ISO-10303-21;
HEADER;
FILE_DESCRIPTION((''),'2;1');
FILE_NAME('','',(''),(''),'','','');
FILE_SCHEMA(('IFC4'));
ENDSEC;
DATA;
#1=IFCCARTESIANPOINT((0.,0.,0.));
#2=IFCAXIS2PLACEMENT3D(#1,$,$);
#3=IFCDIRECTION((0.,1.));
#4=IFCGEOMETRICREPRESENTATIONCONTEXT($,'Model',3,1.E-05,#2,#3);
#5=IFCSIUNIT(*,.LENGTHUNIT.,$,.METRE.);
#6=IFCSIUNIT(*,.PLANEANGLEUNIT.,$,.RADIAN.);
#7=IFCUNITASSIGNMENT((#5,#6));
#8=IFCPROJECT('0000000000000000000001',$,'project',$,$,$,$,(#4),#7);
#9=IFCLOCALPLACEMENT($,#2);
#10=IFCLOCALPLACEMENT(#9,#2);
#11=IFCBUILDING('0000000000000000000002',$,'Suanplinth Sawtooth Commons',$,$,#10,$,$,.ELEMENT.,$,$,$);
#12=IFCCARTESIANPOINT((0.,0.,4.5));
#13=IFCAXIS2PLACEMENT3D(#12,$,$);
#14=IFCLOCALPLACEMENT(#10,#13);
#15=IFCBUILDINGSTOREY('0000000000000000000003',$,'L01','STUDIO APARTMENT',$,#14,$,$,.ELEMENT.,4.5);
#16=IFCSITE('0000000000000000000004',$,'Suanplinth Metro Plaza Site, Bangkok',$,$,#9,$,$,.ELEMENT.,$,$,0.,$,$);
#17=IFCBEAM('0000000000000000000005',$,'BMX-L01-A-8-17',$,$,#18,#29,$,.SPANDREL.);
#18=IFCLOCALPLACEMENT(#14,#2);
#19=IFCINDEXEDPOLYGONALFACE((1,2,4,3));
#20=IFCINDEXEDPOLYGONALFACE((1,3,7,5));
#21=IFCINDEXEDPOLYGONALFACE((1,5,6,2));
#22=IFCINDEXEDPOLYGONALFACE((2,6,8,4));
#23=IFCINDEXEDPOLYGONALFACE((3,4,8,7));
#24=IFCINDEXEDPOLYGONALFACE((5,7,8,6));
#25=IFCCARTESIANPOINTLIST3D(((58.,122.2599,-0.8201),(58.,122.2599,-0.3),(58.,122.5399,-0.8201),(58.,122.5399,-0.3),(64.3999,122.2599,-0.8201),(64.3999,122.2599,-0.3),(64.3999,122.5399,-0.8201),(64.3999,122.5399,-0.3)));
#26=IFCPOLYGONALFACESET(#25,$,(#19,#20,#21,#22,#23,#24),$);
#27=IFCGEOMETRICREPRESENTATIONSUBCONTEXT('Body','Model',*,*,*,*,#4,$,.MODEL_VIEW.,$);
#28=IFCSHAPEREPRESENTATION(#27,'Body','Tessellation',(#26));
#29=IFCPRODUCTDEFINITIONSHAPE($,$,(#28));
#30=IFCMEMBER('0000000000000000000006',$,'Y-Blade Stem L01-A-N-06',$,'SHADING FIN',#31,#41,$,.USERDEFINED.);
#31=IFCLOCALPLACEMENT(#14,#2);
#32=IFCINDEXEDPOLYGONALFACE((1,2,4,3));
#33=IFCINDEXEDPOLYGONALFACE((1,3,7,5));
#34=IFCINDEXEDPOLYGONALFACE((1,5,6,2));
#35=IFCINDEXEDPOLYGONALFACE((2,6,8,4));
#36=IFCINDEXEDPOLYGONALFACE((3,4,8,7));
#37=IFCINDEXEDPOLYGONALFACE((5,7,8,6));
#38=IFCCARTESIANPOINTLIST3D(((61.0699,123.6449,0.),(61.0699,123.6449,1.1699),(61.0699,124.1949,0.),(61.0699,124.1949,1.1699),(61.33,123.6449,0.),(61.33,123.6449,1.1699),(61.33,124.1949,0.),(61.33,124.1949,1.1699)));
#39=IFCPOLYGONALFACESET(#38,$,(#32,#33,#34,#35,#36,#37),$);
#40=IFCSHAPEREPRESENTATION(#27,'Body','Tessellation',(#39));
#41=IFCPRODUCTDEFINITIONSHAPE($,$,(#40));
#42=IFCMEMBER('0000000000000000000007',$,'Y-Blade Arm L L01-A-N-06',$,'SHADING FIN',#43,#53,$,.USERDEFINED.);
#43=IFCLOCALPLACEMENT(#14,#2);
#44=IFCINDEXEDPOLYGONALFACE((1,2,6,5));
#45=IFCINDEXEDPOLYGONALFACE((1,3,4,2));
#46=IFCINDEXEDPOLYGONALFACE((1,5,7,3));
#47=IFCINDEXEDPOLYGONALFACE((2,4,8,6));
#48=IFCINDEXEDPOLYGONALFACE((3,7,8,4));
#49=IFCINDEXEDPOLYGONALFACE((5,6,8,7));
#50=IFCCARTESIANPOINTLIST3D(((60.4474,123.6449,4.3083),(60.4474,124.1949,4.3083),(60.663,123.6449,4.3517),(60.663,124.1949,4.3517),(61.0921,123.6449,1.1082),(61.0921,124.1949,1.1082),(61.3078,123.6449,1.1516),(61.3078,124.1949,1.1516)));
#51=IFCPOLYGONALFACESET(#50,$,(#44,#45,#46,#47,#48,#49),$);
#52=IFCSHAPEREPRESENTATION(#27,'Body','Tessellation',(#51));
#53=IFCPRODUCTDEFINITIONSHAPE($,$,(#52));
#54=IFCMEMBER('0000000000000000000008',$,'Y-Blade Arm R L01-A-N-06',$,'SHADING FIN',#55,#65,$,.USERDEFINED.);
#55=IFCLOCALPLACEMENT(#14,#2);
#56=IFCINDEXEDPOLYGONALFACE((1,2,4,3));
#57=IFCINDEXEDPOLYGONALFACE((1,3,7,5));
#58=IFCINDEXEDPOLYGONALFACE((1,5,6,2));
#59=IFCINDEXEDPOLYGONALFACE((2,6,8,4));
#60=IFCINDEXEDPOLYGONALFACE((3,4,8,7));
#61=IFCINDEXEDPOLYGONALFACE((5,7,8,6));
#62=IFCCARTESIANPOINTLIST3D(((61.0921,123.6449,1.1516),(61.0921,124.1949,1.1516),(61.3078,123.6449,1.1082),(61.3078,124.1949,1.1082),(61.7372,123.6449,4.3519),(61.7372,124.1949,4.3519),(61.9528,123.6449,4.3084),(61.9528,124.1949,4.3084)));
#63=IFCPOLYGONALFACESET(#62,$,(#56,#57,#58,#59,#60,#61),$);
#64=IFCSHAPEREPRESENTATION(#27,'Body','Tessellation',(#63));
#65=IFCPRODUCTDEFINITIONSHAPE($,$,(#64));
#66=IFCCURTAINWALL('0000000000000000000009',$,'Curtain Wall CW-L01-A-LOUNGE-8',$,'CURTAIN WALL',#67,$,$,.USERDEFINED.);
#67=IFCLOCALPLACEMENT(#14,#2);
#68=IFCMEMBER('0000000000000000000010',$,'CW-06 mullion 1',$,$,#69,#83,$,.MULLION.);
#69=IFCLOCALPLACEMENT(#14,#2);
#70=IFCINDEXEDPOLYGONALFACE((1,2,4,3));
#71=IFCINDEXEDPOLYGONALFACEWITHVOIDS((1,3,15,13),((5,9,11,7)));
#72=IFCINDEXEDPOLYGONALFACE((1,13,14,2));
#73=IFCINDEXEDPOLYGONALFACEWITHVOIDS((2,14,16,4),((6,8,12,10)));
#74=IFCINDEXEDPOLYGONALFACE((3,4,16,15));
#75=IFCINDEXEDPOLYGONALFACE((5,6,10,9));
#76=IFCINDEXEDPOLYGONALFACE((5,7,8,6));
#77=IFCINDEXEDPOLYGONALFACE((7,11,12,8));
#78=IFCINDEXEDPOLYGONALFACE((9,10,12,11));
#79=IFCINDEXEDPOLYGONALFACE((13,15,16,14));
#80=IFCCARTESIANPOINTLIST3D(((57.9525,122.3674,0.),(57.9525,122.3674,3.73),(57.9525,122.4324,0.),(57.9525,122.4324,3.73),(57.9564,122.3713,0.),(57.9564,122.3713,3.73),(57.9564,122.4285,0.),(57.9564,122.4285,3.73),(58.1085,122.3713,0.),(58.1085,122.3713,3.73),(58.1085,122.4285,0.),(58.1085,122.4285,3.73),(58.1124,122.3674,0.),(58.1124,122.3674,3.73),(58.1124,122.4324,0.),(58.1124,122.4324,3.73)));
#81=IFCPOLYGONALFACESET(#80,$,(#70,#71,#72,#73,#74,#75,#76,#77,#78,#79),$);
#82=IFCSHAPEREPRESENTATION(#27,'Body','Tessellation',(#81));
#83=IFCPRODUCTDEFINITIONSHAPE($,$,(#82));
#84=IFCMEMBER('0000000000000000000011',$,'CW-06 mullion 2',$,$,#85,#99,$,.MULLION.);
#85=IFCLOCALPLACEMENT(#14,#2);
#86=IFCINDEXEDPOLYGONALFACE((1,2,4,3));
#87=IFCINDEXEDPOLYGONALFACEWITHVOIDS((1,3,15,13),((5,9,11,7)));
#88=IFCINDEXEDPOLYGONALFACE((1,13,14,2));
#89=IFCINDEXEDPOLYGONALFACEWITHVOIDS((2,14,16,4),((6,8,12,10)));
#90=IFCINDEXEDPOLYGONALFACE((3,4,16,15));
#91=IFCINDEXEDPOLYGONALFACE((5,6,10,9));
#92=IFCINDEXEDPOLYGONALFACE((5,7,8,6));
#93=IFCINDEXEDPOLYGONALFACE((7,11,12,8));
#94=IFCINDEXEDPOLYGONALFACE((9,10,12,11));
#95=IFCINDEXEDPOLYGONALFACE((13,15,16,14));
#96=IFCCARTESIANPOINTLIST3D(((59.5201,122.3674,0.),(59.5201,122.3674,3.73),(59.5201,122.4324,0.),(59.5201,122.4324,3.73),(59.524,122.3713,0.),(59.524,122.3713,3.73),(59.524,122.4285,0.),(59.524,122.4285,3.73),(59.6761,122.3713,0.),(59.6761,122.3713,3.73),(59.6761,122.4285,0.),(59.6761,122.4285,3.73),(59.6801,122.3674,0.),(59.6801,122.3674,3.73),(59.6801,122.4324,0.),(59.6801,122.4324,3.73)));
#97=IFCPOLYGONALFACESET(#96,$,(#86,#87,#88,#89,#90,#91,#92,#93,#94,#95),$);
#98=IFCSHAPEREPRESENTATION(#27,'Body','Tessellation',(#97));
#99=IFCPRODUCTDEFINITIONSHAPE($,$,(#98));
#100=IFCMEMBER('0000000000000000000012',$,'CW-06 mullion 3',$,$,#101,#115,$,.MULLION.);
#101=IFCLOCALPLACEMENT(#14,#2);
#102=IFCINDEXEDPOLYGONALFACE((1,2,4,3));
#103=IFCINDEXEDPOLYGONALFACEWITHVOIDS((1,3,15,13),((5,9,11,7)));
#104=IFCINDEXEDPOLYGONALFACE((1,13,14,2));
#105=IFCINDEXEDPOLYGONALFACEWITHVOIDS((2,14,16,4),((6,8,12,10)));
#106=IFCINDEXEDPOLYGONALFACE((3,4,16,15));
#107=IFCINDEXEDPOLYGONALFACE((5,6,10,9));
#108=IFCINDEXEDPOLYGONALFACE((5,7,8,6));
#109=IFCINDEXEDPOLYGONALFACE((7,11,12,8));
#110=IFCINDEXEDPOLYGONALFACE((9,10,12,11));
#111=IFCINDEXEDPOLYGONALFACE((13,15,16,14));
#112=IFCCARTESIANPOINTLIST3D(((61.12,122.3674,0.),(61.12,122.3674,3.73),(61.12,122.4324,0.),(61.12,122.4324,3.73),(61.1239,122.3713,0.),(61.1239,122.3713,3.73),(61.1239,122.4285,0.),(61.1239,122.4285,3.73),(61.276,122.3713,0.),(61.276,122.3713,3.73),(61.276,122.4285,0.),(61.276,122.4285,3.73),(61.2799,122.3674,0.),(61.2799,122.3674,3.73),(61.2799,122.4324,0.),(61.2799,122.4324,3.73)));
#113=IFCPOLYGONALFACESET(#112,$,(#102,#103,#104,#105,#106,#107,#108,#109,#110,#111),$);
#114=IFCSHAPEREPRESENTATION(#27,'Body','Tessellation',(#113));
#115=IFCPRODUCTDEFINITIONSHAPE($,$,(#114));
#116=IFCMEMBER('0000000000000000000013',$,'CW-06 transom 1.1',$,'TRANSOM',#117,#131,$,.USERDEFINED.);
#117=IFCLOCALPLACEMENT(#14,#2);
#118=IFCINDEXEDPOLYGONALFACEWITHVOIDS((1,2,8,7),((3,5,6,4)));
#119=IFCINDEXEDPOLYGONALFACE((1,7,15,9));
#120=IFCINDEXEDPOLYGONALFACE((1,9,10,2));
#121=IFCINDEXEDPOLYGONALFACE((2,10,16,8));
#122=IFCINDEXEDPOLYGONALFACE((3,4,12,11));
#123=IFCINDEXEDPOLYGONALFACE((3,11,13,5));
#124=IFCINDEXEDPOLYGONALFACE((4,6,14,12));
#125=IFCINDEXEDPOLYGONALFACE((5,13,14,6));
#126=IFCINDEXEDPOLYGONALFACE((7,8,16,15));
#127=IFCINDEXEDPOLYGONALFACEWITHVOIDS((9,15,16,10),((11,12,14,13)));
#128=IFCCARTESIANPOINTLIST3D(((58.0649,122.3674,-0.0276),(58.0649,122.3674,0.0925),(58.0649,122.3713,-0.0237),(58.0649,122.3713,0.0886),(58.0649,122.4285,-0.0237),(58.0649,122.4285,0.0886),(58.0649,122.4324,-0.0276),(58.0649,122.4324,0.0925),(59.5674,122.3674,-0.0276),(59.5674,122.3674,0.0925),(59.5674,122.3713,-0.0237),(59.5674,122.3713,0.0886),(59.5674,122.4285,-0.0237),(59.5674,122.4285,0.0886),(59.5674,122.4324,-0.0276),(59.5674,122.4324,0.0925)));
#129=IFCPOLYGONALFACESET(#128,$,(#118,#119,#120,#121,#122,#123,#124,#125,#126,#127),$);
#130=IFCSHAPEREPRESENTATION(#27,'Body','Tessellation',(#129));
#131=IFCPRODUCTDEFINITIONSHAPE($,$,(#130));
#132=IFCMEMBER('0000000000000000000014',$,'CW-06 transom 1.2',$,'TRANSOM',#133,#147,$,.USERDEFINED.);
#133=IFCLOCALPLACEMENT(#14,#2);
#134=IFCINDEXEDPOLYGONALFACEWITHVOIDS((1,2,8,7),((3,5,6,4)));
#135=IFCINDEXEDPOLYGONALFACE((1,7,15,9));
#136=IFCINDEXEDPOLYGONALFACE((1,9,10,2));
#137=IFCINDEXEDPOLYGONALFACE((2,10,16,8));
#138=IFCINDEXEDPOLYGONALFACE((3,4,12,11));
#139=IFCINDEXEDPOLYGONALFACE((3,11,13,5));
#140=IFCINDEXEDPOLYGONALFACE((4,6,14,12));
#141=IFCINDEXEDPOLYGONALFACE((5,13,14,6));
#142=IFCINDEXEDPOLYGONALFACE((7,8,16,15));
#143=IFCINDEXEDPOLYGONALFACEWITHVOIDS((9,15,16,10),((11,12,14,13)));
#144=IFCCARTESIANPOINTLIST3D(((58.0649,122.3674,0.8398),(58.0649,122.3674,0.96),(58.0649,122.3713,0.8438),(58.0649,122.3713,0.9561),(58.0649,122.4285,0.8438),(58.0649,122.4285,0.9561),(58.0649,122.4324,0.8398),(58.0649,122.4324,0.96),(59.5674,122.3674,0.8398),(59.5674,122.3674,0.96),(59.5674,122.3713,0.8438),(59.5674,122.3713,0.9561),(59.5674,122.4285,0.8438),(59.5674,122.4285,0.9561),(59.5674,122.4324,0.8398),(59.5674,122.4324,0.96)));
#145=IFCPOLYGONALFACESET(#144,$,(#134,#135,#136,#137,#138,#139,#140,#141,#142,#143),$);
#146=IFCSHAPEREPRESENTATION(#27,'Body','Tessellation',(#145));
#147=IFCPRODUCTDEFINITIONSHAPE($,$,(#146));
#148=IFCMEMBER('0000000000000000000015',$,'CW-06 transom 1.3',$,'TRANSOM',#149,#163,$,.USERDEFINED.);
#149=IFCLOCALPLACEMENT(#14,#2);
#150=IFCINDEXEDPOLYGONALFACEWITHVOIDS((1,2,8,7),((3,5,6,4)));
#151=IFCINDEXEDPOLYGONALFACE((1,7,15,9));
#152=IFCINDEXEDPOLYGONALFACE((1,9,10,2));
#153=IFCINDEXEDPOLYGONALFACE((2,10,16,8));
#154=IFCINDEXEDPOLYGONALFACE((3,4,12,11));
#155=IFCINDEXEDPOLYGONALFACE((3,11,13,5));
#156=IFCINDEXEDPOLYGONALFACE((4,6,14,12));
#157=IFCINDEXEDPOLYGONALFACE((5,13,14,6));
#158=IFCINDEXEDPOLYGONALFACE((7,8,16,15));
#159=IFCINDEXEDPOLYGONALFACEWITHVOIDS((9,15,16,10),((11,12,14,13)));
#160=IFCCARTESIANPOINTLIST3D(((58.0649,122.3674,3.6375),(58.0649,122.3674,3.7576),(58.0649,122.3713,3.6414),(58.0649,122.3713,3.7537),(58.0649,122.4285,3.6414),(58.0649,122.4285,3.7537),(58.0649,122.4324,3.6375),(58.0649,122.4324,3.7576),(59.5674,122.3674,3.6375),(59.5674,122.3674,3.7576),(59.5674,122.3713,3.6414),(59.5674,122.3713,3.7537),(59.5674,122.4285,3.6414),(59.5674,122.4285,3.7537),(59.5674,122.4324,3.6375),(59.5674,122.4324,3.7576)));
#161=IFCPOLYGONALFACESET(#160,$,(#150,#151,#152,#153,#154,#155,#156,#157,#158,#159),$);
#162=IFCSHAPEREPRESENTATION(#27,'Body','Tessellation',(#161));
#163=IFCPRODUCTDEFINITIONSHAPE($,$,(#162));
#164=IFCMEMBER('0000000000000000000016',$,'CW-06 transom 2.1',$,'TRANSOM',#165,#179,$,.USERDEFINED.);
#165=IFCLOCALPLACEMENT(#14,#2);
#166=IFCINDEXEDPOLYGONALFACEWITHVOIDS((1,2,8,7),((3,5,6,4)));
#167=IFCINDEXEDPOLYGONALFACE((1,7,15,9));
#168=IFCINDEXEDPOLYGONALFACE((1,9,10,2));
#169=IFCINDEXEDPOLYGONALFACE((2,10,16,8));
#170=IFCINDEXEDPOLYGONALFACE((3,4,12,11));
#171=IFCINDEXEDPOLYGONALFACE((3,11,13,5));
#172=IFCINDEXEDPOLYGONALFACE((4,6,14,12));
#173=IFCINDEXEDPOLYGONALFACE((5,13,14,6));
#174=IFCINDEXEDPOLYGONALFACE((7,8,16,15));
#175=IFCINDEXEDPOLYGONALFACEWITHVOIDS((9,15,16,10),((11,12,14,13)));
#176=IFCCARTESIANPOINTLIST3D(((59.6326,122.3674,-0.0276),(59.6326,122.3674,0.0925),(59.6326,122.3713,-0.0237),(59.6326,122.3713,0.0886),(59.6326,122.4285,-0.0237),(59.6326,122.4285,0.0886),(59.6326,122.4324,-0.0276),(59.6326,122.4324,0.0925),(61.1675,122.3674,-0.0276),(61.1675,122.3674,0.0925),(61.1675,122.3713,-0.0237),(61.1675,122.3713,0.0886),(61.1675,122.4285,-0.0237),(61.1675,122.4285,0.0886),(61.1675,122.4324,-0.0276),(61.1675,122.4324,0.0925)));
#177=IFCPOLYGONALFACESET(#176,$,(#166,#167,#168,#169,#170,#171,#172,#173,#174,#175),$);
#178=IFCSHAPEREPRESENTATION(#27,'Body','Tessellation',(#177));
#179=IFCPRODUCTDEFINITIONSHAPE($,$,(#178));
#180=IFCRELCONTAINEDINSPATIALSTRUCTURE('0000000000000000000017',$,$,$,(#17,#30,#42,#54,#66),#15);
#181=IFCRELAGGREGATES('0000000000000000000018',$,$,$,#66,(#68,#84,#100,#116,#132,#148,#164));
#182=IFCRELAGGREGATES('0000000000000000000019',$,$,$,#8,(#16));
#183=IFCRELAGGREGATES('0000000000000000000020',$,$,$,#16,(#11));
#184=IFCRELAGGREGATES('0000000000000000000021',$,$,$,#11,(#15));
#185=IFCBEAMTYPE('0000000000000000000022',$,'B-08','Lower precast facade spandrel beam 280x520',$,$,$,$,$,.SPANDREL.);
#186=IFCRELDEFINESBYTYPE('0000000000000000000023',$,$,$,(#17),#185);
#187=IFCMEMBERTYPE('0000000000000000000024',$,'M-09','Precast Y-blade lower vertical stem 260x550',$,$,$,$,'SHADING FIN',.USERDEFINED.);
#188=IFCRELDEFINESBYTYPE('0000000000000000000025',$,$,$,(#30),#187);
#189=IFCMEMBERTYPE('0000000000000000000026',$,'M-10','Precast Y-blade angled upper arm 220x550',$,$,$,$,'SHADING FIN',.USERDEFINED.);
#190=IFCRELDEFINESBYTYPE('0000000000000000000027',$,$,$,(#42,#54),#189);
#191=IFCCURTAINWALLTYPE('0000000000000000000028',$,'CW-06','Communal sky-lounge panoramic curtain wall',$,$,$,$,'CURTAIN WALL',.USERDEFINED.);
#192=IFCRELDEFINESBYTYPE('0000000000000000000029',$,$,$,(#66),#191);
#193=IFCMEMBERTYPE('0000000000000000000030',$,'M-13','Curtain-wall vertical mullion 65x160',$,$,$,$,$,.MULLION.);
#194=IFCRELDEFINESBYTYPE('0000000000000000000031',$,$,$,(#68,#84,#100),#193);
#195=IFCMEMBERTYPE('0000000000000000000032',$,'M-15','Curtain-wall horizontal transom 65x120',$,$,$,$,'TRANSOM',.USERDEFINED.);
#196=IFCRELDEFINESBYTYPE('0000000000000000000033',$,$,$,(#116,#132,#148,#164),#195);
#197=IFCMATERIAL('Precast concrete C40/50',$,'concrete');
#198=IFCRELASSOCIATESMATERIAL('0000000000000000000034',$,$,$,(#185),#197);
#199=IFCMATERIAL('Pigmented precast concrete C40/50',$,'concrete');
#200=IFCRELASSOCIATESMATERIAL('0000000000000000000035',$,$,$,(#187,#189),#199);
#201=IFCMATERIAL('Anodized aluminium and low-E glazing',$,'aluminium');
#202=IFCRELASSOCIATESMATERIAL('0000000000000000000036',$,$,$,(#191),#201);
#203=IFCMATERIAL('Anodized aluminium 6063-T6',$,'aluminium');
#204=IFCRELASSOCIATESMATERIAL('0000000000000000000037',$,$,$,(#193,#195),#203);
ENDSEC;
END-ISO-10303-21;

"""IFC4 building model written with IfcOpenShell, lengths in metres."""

from ifc_helpers import new_model, si_unit, direction, frame, origin, origin_2d, place, context, subcontext, project, spatial, rectangle, hollow_rectangle, extrude, material, material_profile, profile_set, type_object, element, aggregate, save


model = new_model("IFC4")

# Units and contexts
model_context = context("Model", 3, precision=1e-05, world=origin(), true_north=direction((0.0, 1.0)))
body_context = subcontext(model_context, "Body", "Model", "MODEL_VIEW")
ifc_project = project(units=[si_unit("LENGTHUNIT", "METRE"), si_unit("PLANEANGLEUNIT", "RADIAN")], contexts=[model_context])

# Site, building, storey
site_placement = place(None, origin())
site = spatial("IfcSite", under=ifc_project, at=site_placement, Name="Suanplinth Metro Plaza Site, Bangkok", CompositionType="ELEMENT", RefElevation=0.0)
building_placement = place(site_placement, origin())
building = spatial("IfcBuilding", under=site, at=building_placement, Name="Suanplinth Sawtooth Commons", CompositionType="ELEMENT")
storey_placement = place(building_placement, frame((0.0, 0.0, 4.5)))
storey = spatial("IfcBuildingStorey", under=building, at=storey_placement, Name="L01", Description="STUDIO APARTMENT", CompositionType="ELEMENT", Elevation=4.5)

# Beam
ifc_material_1 = material(Name="Precast concrete C40/50", Category="concrete")
ifc_material_profile_1 = material_profile(ifc_material_1, rectangle(XDim=0.28, YDim=0.52, at=origin_2d()), Name="PC-SP 280x520")
ifc_profile_set_1 = profile_set([ifc_material_profile_1], Name="Precast concrete C40/50")
beam_type = type_object("IfcBeamType", Name="B-08", Description="Lower precast facade spandrel beam 280x520", PredefinedType="SPANDREL", material=ifc_profile_set_1)
beam_placement = place(storey_placement, frame((58.0, 122.3999, -0.5601), z_axis=(1.0, 0.0, 0.0), x_axis=(0.0, 1.0, 0.0)))
element("IfcBeam", 1, at=beam_placement, inside=storey, type_object=beam_type, Name="BMX-L01-A-8-17", PredefinedType="SPANDREL", context=body_context, shape_type="SweptSolid", body=[
    extrude(rectangle(XDim=0.28, YDim=0.52, at=origin_2d()), origin(), (0.0, 0.0, 1.0), 6.3999),
])

# Members
ifc_material_2 = material(Name="Pigmented precast concrete C40/50", Category="concrete")
ifc_material_profile_2 = material_profile(ifc_material_2, rectangle(XDim=0.26, YDim=0.55, at=origin_2d()), Name="PC-FIN 260x550")
ifc_profile_set_2 = profile_set([ifc_material_profile_2], Name="Pigmented precast concrete C40/50")
member_type_1 = type_object("IfcMemberType", Name="M-09", Description="Precast Y-blade lower vertical stem 260x550", ElementType="SHADING FIN", PredefinedType="USERDEFINED", material=ifc_profile_set_2)
member_1_placement = place(storey_placement, frame((61.2, 123.9199, 0.0), z_axis=(0.0, 0.0, 1.0), x_axis=(1.0, 0.0, 0.0)))
element("IfcMember", 2, at=member_1_placement, inside=storey, type_object=member_type_1, Name="Y-Blade Stem L01-A-N-06", ObjectType="SHADING FIN", PredefinedType="USERDEFINED", context=body_context, shape_type="SweptSolid", body=[
    extrude(rectangle(XDim=0.26, YDim=0.55, at=origin_2d()), origin(), (0.0, 0.0, 1.0), 1.1699),
])
ifc_material_profile_3 = material_profile(ifc_material_2, rectangle(XDim=0.22, YDim=0.55, at=origin_2d()), Name="PC-FIN 220x550")
ifc_profile_set_3 = profile_set([ifc_material_profile_3], Name="Pigmented precast concrete C40/50")
member_type_2 = type_object("IfcMemberType", Name="M-10", Description="Precast Y-blade angled upper arm 220x550", ElementType="SHADING FIN", PredefinedType="USERDEFINED", material=ifc_profile_set_3)
member_2_placement = place(storey_placement, frame((61.2, 123.9199, 1.1299), z_axis=(-0.197511, 0.0, 0.980301), x_axis=(0.980301, 0.0, 0.197511)))
element("IfcMember", 3, at=member_2_placement, inside=storey, type_object=member_type_2, Name="Y-Blade Arm L L01-A-N-06", ObjectType="SHADING FIN", PredefinedType="USERDEFINED", context=body_context, shape_type="SweptSolid", body=[
    extrude(rectangle(XDim=0.22, YDim=0.55, at=origin_2d()), origin(), (0.0, 0.0, 1.0), 3.2644),
])
member_3_placement = place(storey_placement, frame((61.2, 123.9199, 1.1299), z_axis=(0.197583, 0.0, 0.980286), x_axis=(-0.980286, 0.0, 0.197583)))
element("IfcMember", 4, at=member_3_placement, inside=storey, type_object=member_type_2, Name="Y-Blade Arm R L01-A-N-06", ObjectType="SHADING FIN", PredefinedType="USERDEFINED", context=body_context, shape_type="SweptSolid", body=[
    extrude(rectangle(XDim=0.22, YDim=0.55, at=origin_2d()), origin(), (0.0, 0.0, 1.0), 3.2646),
])

# Curtain wall, members
ifc_material_3 = material(Name="Anodized aluminium and low-E glazing", Category="aluminium")
curtain_wall_type = type_object("IfcCurtainWallType", Name="CW-06", Description="Communal sky-lounge panoramic curtain wall", ElementType="CURTAIN WALL", PredefinedType="USERDEFINED", material=ifc_material_3)
curtain_wall_placement = place(storey_placement, origin())
curtain_wall = element("IfcCurtainWall", 5, at=curtain_wall_placement, inside=storey, type_object=curtain_wall_type, Name="Curtain Wall CW-L01-A-LOUNGE-8", ObjectType="CURTAIN WALL", PredefinedType="USERDEFINED")
ifc_material_4 = material(Name="Anodized aluminium 6063-T6", Category="aluminium")
ifc_material_profile_4 = material_profile(ifc_material_4, hollow_rectangle(XDim=0.0649, YDim=0.1599, WallThickness=0.0039, at=origin_2d()), Name="ALU-MUL 65x160")
ifc_profile_set_4 = profile_set([ifc_material_profile_4], Name="Anodized aluminium 6063-T6")
member_type_3 = type_object("IfcMemberType", Name="M-13", Description="Curtain-wall vertical mullion 65x160", PredefinedType="MULLION", material=ifc_profile_set_4)
member_4_placement = place(storey_placement, frame((58.0325, 122.3999, 0.0), z_axis=(0.0, 0.0, 1.0), x_axis=(0.0, 1.0, 0.0)))
member_4 = element("IfcMember", 6, at=member_4_placement, type_object=member_type_3, Name="CW-06 mullion 1", PredefinedType="MULLION", context=body_context, shape_type="SweptSolid", body=[
    extrude(hollow_rectangle(XDim=0.0649, YDim=0.1599, WallThickness=0.0039, at=origin_2d()), origin(), (0.0, 0.0, 1.0), 3.73),
])
member_5_placement = place(storey_placement, frame((59.6001, 122.3999, 0.0), z_axis=(0.0, 0.0, 1.0), x_axis=(0.0, 1.0, 0.0)))
member_5 = element("IfcMember", 7, at=member_5_placement, type_object=member_type_3, Name="CW-06 mullion 2", PredefinedType="MULLION", context=body_context, shape_type="SweptSolid", body=[
    extrude(hollow_rectangle(XDim=0.0649, YDim=0.1599, WallThickness=0.0039, at=origin_2d()), origin(), (0.0, 0.0, 1.0), 3.73),
])
member_6_placement = place(storey_placement, frame((61.2, 122.3999, 0.0), z_axis=(0.0, 0.0, 1.0), x_axis=(0.0, 1.0, 0.0)))
member_6 = element("IfcMember", 8, at=member_6_placement, type_object=member_type_3, Name="CW-06 mullion 3", PredefinedType="MULLION", context=body_context, shape_type="SweptSolid", body=[
    extrude(hollow_rectangle(XDim=0.0649, YDim=0.1599, WallThickness=0.0039, at=origin_2d()), origin(), (0.0, 0.0, 1.0), 3.73),
])
ifc_material_profile_5 = material_profile(ifc_material_4, hollow_rectangle(XDim=0.0649, YDim=0.1201, WallThickness=0.0039, at=origin_2d()), Name="ALU-TRN 65x120")
ifc_profile_set_5 = profile_set([ifc_material_profile_5], Name="Anodized aluminium 6063-T6")
member_type_4 = type_object("IfcMemberType", Name="M-15", Description="Curtain-wall horizontal transom 65x120", ElementType="TRANSOM", PredefinedType="USERDEFINED", material=ifc_profile_set_5)
member_7_placement = place(storey_placement, frame((58.0649, 122.3999, 0.0325), z_axis=(1.0, 0.0, 0.0), x_axis=(0.0, 1.0, 0.0)))
member_7 = element("IfcMember", 9, at=member_7_placement, type_object=member_type_4, Name="CW-06 transom 1.1", ObjectType="TRANSOM", PredefinedType="USERDEFINED", context=body_context, shape_type="SweptSolid", body=[
    extrude(hollow_rectangle(XDim=0.0649, YDim=0.1201, WallThickness=0.0039, at=origin_2d()), origin(), (0.0, 0.0, 1.0), 1.5024),
])
member_8_placement = place(storey_placement, frame((58.0649, 122.3999, 0.8999), z_axis=(1.0, 0.0, 0.0), x_axis=(0.0, 1.0, 0.0)))
member_8 = element("IfcMember", 10, at=member_8_placement, type_object=member_type_4, Name="CW-06 transom 1.2", ObjectType="TRANSOM", PredefinedType="USERDEFINED", context=body_context, shape_type="SweptSolid", body=[
    extrude(hollow_rectangle(XDim=0.0649, YDim=0.1201, WallThickness=0.0039, at=origin_2d()), origin(), (0.0, 0.0, 1.0), 1.5024),
])
member_9_placement = place(storey_placement, frame((58.0649, 122.3999, 3.6975), z_axis=(1.0, 0.0, 0.0), x_axis=(0.0, 1.0, 0.0)))
member_9 = element("IfcMember", 11, at=member_9_placement, type_object=member_type_4, Name="CW-06 transom 1.3", ObjectType="TRANSOM", PredefinedType="USERDEFINED", context=body_context, shape_type="SweptSolid", body=[
    extrude(hollow_rectangle(XDim=0.0649, YDim=0.1201, WallThickness=0.0039, at=origin_2d()), origin(), (0.0, 0.0, 1.0), 1.5024),
])
member_10_placement = place(storey_placement, frame((59.6326, 122.3999, 0.0325), z_axis=(1.0, 0.0, 0.0), x_axis=(0.0, 1.0, 0.0)))
member_10 = element("IfcMember", 12, at=member_10_placement, type_object=member_type_4, Name="CW-06 transom 2.1", ObjectType="TRANSOM", PredefinedType="USERDEFINED", context=body_context, shape_type="SweptSolid", body=[
    extrude(hollow_rectangle(XDim=0.0649, YDim=0.1201, WallThickness=0.0039, at=origin_2d()), origin(), (0.0, 0.0, 1.0), 1.5349),
])

aggregate(curtain_wall, [member_4, member_5, member_6, member_7, member_8, member_9, member_10])

save(model, "model.ifc")
